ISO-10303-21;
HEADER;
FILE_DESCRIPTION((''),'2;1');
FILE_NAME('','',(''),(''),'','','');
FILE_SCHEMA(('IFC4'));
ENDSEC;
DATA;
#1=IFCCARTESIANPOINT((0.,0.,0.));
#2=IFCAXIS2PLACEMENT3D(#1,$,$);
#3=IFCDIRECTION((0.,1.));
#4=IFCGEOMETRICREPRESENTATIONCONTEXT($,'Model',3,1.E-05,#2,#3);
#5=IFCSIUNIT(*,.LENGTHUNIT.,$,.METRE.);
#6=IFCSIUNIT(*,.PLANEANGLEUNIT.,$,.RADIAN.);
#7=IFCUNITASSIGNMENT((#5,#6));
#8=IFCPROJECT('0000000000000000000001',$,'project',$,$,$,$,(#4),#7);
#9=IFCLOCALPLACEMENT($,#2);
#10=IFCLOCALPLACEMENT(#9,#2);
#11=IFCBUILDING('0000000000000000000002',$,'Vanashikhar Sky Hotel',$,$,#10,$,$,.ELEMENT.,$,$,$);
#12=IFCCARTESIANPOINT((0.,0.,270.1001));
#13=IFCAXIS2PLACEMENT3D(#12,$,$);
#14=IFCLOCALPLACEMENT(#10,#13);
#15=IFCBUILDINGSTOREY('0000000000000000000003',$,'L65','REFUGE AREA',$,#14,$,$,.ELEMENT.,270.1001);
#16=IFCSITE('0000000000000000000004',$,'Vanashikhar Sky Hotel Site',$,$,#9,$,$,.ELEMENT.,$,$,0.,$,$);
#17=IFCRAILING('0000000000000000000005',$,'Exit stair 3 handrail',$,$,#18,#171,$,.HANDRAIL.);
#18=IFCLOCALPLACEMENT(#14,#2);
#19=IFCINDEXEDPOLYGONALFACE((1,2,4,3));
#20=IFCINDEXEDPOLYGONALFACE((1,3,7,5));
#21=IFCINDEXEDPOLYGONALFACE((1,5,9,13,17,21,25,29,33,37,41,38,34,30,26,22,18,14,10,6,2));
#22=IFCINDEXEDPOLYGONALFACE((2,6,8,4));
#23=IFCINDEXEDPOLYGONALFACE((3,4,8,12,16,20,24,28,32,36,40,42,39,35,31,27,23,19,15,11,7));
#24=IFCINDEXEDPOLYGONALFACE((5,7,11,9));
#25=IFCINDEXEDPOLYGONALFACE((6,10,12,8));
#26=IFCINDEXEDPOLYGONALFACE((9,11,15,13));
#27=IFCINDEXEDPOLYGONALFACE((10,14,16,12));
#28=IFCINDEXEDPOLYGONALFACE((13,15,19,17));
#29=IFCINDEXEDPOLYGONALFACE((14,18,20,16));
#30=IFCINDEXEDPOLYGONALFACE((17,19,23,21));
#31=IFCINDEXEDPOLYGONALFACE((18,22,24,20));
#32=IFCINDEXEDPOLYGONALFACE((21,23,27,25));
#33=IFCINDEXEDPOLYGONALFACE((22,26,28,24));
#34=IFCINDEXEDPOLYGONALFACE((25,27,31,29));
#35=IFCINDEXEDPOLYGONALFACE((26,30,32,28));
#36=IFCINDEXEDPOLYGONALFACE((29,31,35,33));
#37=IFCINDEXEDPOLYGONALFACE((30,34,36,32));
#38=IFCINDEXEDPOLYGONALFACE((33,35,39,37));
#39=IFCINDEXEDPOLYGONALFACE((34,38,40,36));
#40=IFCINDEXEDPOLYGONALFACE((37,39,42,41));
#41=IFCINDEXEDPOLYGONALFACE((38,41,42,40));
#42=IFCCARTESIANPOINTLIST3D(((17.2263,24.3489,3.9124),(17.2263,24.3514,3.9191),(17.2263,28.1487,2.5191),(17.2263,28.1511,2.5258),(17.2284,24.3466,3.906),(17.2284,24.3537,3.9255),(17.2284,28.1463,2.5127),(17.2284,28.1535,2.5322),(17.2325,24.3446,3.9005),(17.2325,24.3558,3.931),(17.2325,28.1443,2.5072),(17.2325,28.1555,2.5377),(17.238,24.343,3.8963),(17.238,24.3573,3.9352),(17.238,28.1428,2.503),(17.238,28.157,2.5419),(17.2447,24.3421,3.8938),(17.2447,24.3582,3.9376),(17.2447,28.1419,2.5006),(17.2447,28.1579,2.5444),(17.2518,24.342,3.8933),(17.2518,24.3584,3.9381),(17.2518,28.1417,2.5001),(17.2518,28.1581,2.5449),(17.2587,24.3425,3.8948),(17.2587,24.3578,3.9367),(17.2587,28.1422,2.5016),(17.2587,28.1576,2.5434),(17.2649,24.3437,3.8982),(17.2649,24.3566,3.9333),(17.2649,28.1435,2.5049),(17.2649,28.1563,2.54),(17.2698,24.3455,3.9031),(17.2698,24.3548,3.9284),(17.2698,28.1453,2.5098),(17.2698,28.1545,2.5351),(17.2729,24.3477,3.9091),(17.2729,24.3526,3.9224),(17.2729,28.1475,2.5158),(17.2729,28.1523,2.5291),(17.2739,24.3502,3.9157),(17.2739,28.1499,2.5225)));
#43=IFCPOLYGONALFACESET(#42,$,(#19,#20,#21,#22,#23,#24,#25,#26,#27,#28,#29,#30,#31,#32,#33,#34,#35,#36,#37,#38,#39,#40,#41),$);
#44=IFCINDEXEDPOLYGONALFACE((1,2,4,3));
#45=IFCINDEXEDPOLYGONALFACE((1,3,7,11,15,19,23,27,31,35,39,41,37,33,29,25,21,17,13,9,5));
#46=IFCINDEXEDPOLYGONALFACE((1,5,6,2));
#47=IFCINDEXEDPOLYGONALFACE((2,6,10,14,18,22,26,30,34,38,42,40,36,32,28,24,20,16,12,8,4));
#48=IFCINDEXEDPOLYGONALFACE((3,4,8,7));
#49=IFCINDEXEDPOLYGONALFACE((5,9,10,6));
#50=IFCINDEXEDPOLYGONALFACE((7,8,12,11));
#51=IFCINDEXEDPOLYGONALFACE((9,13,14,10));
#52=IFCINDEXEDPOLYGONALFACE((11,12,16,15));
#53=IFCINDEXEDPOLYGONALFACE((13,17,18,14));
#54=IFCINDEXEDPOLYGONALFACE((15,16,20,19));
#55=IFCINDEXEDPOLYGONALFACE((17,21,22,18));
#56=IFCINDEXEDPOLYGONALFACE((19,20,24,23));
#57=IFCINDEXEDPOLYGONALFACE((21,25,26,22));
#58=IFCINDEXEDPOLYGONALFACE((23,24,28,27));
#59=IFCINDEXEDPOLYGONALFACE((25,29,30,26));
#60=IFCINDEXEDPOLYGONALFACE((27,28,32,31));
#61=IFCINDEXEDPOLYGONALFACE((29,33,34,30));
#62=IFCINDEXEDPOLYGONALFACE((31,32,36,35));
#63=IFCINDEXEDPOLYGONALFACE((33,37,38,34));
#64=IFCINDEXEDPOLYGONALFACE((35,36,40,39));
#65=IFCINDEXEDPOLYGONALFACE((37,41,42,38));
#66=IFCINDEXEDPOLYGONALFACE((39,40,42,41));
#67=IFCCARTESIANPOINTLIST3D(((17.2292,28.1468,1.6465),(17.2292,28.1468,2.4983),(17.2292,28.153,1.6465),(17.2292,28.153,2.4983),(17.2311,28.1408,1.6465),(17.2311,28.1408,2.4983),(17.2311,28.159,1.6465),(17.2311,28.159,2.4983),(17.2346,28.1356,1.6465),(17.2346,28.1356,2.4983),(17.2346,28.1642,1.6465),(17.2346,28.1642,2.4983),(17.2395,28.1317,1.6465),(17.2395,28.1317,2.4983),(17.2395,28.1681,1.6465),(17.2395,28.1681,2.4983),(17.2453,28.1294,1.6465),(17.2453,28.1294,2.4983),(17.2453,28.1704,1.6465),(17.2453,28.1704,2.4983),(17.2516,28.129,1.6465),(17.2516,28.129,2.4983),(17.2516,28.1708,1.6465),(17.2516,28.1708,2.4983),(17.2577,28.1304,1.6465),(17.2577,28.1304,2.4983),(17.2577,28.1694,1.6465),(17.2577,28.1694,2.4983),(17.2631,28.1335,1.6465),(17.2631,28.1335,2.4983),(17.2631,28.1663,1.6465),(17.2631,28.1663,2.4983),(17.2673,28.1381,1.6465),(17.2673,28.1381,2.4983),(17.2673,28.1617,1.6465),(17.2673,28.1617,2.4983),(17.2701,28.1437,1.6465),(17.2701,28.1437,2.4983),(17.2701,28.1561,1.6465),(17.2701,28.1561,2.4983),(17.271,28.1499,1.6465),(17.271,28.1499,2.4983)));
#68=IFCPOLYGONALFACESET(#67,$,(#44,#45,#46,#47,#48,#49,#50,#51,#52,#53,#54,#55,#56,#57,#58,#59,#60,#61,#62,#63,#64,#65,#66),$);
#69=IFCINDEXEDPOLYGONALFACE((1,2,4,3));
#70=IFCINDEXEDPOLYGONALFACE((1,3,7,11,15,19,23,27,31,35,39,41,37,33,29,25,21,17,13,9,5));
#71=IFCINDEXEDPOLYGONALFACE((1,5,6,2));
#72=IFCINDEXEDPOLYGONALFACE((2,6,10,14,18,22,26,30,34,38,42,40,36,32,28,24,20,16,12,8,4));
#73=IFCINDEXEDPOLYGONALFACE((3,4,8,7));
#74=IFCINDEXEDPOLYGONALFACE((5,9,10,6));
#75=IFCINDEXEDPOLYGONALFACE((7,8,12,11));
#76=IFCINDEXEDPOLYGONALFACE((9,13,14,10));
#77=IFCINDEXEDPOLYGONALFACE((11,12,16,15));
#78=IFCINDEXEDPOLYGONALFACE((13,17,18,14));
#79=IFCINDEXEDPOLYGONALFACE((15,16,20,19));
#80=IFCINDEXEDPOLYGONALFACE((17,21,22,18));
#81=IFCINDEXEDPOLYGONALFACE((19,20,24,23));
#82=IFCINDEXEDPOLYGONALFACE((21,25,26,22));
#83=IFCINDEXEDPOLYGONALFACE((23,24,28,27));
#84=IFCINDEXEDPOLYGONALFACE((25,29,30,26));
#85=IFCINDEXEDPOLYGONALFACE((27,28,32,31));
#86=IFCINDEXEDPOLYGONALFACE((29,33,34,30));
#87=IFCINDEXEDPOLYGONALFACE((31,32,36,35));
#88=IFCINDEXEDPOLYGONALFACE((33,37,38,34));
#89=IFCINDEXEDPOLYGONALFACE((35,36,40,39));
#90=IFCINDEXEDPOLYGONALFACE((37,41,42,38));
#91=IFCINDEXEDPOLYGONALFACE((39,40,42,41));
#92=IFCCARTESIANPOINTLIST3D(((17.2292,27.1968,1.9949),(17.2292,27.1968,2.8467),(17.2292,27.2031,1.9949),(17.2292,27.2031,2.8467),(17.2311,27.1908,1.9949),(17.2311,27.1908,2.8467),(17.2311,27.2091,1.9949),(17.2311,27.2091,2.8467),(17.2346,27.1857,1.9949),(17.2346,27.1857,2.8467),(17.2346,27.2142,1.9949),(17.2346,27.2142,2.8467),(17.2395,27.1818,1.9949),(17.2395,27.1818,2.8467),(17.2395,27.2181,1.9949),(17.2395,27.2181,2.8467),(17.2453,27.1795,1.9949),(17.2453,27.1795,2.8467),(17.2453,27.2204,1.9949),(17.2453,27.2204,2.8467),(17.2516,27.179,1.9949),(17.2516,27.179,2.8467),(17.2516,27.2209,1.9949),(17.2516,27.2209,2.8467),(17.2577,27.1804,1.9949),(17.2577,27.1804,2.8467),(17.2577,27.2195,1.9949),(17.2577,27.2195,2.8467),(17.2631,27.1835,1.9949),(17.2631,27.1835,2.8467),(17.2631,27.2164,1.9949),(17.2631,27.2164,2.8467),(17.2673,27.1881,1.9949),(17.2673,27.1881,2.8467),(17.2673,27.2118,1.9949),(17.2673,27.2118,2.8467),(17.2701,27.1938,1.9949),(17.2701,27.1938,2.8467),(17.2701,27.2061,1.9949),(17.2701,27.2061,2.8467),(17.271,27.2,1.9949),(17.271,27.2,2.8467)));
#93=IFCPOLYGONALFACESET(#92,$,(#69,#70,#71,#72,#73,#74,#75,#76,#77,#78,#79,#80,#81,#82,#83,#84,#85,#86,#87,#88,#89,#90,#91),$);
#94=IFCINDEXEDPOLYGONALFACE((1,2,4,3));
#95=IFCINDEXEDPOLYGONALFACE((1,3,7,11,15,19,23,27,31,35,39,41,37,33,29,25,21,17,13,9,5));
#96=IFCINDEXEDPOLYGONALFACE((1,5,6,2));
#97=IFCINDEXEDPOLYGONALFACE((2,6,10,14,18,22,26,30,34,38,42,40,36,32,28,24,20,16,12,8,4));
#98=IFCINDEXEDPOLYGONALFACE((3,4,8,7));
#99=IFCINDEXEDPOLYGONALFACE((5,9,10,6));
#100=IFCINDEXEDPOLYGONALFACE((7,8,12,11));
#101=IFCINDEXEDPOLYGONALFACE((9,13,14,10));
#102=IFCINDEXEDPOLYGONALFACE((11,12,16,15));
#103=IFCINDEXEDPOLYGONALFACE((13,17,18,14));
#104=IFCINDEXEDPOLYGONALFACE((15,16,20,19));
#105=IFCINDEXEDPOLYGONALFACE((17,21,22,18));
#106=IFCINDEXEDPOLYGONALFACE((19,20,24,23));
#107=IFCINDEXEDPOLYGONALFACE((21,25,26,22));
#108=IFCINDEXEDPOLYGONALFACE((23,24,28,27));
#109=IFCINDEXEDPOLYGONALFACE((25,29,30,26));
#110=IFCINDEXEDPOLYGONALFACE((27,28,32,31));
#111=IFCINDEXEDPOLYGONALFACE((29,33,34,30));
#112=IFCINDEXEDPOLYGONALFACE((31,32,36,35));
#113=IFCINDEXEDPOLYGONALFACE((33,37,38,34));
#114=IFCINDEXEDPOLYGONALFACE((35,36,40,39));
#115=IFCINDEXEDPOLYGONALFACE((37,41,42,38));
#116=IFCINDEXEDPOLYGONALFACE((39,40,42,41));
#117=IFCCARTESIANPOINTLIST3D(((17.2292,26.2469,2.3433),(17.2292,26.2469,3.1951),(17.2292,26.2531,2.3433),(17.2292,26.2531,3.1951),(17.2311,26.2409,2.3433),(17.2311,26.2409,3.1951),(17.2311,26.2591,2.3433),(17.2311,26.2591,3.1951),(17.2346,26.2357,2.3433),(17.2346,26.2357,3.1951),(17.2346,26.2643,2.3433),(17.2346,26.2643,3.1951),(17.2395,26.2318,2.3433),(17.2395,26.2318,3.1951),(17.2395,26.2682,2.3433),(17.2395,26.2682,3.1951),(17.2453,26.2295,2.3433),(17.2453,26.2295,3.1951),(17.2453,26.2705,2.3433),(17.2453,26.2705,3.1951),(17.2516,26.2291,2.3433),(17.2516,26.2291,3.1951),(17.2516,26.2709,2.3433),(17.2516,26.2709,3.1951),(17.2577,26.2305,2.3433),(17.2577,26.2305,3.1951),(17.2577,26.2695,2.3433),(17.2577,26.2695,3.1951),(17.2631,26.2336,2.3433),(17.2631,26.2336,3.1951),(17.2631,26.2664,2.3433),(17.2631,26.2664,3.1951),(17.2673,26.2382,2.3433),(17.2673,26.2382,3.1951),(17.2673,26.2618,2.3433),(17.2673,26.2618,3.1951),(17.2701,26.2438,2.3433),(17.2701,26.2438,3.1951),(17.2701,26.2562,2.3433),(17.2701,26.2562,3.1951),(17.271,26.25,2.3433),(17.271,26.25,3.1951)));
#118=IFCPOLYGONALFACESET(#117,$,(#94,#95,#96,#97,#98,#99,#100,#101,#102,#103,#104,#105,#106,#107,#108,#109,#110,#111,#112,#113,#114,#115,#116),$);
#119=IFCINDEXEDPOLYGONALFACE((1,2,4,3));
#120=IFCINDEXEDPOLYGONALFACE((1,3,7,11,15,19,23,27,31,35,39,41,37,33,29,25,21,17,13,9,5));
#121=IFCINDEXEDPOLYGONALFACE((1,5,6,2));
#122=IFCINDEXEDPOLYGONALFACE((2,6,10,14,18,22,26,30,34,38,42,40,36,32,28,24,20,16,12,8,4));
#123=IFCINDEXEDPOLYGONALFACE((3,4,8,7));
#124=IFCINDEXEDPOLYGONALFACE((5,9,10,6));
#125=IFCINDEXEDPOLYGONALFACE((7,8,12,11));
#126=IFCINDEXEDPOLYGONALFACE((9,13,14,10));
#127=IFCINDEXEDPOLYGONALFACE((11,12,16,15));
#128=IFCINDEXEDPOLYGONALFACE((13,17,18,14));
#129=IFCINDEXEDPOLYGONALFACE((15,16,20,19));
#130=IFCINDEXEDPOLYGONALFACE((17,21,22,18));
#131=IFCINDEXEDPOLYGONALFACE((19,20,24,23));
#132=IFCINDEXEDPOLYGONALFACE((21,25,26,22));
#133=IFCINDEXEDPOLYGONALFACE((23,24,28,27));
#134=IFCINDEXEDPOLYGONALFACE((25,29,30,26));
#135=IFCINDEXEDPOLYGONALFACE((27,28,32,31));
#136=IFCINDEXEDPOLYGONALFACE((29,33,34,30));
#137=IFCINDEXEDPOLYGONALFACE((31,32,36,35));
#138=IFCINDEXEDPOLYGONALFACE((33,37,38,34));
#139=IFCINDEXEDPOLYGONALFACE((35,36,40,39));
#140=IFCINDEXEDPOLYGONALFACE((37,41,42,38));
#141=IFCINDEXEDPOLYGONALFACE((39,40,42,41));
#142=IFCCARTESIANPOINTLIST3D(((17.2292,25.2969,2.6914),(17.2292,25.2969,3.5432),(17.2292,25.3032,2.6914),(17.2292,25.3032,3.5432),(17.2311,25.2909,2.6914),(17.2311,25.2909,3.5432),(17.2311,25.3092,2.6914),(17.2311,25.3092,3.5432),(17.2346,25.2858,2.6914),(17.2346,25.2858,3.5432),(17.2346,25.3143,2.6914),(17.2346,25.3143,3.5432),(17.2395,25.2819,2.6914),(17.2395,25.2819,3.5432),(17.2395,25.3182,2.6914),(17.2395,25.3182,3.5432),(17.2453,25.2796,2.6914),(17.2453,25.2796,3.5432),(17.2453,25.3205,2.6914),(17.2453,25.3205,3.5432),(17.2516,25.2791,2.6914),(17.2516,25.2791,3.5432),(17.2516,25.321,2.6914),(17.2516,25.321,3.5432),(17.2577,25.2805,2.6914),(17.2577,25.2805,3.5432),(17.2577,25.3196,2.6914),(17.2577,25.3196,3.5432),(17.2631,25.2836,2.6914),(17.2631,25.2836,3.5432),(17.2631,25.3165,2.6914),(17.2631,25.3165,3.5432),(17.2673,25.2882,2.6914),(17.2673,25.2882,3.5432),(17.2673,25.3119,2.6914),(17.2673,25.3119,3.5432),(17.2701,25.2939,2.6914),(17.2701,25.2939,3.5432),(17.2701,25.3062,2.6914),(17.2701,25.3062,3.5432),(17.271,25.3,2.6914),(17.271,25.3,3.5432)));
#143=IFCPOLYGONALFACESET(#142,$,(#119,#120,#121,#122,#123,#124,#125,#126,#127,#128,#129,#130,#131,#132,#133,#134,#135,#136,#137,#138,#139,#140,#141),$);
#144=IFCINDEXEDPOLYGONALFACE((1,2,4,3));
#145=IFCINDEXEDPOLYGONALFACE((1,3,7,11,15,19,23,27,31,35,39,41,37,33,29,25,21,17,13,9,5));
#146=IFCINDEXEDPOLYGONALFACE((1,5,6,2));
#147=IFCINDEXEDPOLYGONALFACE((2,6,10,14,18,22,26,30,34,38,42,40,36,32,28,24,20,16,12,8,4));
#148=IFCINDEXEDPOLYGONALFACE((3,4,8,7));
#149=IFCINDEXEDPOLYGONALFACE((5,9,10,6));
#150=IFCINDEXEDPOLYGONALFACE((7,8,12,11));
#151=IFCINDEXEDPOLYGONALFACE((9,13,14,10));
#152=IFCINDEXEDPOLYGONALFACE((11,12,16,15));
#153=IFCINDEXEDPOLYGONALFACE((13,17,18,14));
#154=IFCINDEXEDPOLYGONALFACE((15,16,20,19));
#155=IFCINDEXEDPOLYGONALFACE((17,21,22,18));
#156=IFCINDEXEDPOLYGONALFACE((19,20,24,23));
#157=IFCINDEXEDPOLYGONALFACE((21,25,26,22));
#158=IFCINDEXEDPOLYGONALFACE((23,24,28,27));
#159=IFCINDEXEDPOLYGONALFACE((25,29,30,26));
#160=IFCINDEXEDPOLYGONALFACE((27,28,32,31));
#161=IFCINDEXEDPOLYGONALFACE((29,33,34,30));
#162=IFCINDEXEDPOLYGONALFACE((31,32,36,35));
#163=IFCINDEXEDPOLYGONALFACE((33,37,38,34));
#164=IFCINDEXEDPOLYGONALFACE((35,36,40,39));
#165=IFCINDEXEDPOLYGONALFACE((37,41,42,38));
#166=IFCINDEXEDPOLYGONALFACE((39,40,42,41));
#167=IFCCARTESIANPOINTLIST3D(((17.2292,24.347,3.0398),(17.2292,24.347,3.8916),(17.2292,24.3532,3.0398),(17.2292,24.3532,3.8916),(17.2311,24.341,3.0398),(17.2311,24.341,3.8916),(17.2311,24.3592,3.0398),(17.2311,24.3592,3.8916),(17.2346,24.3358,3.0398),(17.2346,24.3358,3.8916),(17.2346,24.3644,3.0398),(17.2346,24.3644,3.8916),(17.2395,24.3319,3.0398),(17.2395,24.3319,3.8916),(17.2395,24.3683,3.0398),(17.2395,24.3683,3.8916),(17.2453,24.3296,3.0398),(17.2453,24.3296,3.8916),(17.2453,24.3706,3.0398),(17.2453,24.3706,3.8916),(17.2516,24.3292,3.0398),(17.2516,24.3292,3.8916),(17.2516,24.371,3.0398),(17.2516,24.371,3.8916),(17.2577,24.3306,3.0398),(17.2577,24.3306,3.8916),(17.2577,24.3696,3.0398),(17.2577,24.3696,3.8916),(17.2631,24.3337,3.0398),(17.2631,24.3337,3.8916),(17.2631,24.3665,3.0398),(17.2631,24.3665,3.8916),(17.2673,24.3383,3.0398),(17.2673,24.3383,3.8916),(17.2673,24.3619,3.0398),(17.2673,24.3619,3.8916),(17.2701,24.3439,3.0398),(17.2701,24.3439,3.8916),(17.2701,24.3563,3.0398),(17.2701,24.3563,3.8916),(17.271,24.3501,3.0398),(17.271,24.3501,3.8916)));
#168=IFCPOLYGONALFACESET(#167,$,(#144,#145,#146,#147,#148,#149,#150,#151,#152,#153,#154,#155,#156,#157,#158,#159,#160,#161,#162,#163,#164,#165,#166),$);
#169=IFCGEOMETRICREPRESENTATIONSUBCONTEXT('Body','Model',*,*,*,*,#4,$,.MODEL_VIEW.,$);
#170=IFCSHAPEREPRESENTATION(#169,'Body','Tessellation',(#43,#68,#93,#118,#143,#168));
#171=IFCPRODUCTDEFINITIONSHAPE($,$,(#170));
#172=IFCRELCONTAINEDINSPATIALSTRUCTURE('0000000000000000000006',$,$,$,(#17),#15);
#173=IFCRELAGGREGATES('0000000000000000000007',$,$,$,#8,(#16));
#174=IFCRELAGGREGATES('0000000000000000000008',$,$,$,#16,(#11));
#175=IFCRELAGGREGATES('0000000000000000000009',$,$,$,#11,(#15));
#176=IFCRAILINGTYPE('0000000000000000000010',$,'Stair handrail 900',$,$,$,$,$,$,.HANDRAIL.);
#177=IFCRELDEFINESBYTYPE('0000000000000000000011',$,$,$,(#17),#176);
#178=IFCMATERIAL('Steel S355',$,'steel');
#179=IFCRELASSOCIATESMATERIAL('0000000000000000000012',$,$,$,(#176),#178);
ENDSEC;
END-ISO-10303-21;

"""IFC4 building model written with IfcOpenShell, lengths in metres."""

from ifc_helpers import new_model, si_unit, direction, frame, origin, origin_2d, place, context, subcontext, project, spatial, circle, extrude, source, transform, mapped, material, type_object, element, save


model = new_model("IFC4")

# Units and contexts
model_context = context("Model", 3, precision=1e-05, world=origin(), true_north=direction((0.0, 1.0)))
body_context = subcontext(model_context, "Body", "Model", "MODEL_VIEW")
ifc_project = project(units=[si_unit("LENGTHUNIT", "METRE"), si_unit("PLANEANGLEUNIT", "RADIAN")], contexts=[model_context])

# Site, building, storey
site_placement = place(None, origin())
site = spatial("IfcSite", under=ifc_project, at=site_placement, Name="Vanashikhar Sky Hotel Site", CompositionType="ELEMENT", RefElevation=0.0)
building_placement = place(site_placement, origin())
building = spatial("IfcBuilding", under=site, at=building_placement, Name="Vanashikhar Sky Hotel", CompositionType="ELEMENT")
storey_placement = place(building_placement, frame((0.0, 0.0, 270.1001)))
storey = spatial("IfcBuildingStorey", under=building, at=storey_placement, Name="L65", Description="REFUGE AREA", CompositionType="ELEMENT", Elevation=270.1001)

# Railing
ifc_material_1 = material(Name="Steel S355", Category="steel")
railing_type_1 = type_object("IfcRailingType", Name="Stair handrail 900", PredefinedType="HANDRAIL", material=ifc_material_1)
shared_shape_1 = source(origin(), body_context, "Body", "SweptSolid", [
    extrude(circle(Radius=0.0239, at=origin_2d()), frame((0.0, 0.0, 0.876), z_axis=(0.0, -0.938872, 0.344265), x_axis=(1.0, 0.0, 0.0)), (0.0, 0.0, 1.0), 4.0471),
    extrude(circle(Radius=0.021, at=origin_2d()), origin(), (0.0, 0.0, 1.0), 0.8518),
    extrude(circle(Radius=0.021, at=origin_2d()), frame((0.0, -0.95, 0.3484)), (0.0, 0.0, 1.0), 0.8518),
    extrude(circle(Radius=0.021, at=origin_2d()), frame((0.0, -1.8999, 0.6968)), (0.0, 0.0, 1.0), 0.8518),
    extrude(circle(Radius=0.021, at=origin_2d()), frame((0.0, -2.8499, 1.0449)), (0.0, 0.0, 1.0), 0.8518),
    extrude(circle(Radius=0.021, at=origin_2d()), frame((0.0, -3.7998, 1.3933)), (0.0, 0.0, 1.0), 0.8518),
])
for number, where, name in (
    (1, (17.25, 28.1499, 1.6465), "Exit stair 3 handrail"),
):
    element("IfcRailing", number, at=place(storey_placement, frame(where)), inside=storey, type_object=railing_type_1, Name=name, PredefinedType="HANDRAIL", context=body_context, shape_type="MappedRepresentation", body=[
        mapped(shared_shape_1, transform((0.0, 0.0, 0.0), scale=1.0)),
    ])

save(model, "model.ifc")
